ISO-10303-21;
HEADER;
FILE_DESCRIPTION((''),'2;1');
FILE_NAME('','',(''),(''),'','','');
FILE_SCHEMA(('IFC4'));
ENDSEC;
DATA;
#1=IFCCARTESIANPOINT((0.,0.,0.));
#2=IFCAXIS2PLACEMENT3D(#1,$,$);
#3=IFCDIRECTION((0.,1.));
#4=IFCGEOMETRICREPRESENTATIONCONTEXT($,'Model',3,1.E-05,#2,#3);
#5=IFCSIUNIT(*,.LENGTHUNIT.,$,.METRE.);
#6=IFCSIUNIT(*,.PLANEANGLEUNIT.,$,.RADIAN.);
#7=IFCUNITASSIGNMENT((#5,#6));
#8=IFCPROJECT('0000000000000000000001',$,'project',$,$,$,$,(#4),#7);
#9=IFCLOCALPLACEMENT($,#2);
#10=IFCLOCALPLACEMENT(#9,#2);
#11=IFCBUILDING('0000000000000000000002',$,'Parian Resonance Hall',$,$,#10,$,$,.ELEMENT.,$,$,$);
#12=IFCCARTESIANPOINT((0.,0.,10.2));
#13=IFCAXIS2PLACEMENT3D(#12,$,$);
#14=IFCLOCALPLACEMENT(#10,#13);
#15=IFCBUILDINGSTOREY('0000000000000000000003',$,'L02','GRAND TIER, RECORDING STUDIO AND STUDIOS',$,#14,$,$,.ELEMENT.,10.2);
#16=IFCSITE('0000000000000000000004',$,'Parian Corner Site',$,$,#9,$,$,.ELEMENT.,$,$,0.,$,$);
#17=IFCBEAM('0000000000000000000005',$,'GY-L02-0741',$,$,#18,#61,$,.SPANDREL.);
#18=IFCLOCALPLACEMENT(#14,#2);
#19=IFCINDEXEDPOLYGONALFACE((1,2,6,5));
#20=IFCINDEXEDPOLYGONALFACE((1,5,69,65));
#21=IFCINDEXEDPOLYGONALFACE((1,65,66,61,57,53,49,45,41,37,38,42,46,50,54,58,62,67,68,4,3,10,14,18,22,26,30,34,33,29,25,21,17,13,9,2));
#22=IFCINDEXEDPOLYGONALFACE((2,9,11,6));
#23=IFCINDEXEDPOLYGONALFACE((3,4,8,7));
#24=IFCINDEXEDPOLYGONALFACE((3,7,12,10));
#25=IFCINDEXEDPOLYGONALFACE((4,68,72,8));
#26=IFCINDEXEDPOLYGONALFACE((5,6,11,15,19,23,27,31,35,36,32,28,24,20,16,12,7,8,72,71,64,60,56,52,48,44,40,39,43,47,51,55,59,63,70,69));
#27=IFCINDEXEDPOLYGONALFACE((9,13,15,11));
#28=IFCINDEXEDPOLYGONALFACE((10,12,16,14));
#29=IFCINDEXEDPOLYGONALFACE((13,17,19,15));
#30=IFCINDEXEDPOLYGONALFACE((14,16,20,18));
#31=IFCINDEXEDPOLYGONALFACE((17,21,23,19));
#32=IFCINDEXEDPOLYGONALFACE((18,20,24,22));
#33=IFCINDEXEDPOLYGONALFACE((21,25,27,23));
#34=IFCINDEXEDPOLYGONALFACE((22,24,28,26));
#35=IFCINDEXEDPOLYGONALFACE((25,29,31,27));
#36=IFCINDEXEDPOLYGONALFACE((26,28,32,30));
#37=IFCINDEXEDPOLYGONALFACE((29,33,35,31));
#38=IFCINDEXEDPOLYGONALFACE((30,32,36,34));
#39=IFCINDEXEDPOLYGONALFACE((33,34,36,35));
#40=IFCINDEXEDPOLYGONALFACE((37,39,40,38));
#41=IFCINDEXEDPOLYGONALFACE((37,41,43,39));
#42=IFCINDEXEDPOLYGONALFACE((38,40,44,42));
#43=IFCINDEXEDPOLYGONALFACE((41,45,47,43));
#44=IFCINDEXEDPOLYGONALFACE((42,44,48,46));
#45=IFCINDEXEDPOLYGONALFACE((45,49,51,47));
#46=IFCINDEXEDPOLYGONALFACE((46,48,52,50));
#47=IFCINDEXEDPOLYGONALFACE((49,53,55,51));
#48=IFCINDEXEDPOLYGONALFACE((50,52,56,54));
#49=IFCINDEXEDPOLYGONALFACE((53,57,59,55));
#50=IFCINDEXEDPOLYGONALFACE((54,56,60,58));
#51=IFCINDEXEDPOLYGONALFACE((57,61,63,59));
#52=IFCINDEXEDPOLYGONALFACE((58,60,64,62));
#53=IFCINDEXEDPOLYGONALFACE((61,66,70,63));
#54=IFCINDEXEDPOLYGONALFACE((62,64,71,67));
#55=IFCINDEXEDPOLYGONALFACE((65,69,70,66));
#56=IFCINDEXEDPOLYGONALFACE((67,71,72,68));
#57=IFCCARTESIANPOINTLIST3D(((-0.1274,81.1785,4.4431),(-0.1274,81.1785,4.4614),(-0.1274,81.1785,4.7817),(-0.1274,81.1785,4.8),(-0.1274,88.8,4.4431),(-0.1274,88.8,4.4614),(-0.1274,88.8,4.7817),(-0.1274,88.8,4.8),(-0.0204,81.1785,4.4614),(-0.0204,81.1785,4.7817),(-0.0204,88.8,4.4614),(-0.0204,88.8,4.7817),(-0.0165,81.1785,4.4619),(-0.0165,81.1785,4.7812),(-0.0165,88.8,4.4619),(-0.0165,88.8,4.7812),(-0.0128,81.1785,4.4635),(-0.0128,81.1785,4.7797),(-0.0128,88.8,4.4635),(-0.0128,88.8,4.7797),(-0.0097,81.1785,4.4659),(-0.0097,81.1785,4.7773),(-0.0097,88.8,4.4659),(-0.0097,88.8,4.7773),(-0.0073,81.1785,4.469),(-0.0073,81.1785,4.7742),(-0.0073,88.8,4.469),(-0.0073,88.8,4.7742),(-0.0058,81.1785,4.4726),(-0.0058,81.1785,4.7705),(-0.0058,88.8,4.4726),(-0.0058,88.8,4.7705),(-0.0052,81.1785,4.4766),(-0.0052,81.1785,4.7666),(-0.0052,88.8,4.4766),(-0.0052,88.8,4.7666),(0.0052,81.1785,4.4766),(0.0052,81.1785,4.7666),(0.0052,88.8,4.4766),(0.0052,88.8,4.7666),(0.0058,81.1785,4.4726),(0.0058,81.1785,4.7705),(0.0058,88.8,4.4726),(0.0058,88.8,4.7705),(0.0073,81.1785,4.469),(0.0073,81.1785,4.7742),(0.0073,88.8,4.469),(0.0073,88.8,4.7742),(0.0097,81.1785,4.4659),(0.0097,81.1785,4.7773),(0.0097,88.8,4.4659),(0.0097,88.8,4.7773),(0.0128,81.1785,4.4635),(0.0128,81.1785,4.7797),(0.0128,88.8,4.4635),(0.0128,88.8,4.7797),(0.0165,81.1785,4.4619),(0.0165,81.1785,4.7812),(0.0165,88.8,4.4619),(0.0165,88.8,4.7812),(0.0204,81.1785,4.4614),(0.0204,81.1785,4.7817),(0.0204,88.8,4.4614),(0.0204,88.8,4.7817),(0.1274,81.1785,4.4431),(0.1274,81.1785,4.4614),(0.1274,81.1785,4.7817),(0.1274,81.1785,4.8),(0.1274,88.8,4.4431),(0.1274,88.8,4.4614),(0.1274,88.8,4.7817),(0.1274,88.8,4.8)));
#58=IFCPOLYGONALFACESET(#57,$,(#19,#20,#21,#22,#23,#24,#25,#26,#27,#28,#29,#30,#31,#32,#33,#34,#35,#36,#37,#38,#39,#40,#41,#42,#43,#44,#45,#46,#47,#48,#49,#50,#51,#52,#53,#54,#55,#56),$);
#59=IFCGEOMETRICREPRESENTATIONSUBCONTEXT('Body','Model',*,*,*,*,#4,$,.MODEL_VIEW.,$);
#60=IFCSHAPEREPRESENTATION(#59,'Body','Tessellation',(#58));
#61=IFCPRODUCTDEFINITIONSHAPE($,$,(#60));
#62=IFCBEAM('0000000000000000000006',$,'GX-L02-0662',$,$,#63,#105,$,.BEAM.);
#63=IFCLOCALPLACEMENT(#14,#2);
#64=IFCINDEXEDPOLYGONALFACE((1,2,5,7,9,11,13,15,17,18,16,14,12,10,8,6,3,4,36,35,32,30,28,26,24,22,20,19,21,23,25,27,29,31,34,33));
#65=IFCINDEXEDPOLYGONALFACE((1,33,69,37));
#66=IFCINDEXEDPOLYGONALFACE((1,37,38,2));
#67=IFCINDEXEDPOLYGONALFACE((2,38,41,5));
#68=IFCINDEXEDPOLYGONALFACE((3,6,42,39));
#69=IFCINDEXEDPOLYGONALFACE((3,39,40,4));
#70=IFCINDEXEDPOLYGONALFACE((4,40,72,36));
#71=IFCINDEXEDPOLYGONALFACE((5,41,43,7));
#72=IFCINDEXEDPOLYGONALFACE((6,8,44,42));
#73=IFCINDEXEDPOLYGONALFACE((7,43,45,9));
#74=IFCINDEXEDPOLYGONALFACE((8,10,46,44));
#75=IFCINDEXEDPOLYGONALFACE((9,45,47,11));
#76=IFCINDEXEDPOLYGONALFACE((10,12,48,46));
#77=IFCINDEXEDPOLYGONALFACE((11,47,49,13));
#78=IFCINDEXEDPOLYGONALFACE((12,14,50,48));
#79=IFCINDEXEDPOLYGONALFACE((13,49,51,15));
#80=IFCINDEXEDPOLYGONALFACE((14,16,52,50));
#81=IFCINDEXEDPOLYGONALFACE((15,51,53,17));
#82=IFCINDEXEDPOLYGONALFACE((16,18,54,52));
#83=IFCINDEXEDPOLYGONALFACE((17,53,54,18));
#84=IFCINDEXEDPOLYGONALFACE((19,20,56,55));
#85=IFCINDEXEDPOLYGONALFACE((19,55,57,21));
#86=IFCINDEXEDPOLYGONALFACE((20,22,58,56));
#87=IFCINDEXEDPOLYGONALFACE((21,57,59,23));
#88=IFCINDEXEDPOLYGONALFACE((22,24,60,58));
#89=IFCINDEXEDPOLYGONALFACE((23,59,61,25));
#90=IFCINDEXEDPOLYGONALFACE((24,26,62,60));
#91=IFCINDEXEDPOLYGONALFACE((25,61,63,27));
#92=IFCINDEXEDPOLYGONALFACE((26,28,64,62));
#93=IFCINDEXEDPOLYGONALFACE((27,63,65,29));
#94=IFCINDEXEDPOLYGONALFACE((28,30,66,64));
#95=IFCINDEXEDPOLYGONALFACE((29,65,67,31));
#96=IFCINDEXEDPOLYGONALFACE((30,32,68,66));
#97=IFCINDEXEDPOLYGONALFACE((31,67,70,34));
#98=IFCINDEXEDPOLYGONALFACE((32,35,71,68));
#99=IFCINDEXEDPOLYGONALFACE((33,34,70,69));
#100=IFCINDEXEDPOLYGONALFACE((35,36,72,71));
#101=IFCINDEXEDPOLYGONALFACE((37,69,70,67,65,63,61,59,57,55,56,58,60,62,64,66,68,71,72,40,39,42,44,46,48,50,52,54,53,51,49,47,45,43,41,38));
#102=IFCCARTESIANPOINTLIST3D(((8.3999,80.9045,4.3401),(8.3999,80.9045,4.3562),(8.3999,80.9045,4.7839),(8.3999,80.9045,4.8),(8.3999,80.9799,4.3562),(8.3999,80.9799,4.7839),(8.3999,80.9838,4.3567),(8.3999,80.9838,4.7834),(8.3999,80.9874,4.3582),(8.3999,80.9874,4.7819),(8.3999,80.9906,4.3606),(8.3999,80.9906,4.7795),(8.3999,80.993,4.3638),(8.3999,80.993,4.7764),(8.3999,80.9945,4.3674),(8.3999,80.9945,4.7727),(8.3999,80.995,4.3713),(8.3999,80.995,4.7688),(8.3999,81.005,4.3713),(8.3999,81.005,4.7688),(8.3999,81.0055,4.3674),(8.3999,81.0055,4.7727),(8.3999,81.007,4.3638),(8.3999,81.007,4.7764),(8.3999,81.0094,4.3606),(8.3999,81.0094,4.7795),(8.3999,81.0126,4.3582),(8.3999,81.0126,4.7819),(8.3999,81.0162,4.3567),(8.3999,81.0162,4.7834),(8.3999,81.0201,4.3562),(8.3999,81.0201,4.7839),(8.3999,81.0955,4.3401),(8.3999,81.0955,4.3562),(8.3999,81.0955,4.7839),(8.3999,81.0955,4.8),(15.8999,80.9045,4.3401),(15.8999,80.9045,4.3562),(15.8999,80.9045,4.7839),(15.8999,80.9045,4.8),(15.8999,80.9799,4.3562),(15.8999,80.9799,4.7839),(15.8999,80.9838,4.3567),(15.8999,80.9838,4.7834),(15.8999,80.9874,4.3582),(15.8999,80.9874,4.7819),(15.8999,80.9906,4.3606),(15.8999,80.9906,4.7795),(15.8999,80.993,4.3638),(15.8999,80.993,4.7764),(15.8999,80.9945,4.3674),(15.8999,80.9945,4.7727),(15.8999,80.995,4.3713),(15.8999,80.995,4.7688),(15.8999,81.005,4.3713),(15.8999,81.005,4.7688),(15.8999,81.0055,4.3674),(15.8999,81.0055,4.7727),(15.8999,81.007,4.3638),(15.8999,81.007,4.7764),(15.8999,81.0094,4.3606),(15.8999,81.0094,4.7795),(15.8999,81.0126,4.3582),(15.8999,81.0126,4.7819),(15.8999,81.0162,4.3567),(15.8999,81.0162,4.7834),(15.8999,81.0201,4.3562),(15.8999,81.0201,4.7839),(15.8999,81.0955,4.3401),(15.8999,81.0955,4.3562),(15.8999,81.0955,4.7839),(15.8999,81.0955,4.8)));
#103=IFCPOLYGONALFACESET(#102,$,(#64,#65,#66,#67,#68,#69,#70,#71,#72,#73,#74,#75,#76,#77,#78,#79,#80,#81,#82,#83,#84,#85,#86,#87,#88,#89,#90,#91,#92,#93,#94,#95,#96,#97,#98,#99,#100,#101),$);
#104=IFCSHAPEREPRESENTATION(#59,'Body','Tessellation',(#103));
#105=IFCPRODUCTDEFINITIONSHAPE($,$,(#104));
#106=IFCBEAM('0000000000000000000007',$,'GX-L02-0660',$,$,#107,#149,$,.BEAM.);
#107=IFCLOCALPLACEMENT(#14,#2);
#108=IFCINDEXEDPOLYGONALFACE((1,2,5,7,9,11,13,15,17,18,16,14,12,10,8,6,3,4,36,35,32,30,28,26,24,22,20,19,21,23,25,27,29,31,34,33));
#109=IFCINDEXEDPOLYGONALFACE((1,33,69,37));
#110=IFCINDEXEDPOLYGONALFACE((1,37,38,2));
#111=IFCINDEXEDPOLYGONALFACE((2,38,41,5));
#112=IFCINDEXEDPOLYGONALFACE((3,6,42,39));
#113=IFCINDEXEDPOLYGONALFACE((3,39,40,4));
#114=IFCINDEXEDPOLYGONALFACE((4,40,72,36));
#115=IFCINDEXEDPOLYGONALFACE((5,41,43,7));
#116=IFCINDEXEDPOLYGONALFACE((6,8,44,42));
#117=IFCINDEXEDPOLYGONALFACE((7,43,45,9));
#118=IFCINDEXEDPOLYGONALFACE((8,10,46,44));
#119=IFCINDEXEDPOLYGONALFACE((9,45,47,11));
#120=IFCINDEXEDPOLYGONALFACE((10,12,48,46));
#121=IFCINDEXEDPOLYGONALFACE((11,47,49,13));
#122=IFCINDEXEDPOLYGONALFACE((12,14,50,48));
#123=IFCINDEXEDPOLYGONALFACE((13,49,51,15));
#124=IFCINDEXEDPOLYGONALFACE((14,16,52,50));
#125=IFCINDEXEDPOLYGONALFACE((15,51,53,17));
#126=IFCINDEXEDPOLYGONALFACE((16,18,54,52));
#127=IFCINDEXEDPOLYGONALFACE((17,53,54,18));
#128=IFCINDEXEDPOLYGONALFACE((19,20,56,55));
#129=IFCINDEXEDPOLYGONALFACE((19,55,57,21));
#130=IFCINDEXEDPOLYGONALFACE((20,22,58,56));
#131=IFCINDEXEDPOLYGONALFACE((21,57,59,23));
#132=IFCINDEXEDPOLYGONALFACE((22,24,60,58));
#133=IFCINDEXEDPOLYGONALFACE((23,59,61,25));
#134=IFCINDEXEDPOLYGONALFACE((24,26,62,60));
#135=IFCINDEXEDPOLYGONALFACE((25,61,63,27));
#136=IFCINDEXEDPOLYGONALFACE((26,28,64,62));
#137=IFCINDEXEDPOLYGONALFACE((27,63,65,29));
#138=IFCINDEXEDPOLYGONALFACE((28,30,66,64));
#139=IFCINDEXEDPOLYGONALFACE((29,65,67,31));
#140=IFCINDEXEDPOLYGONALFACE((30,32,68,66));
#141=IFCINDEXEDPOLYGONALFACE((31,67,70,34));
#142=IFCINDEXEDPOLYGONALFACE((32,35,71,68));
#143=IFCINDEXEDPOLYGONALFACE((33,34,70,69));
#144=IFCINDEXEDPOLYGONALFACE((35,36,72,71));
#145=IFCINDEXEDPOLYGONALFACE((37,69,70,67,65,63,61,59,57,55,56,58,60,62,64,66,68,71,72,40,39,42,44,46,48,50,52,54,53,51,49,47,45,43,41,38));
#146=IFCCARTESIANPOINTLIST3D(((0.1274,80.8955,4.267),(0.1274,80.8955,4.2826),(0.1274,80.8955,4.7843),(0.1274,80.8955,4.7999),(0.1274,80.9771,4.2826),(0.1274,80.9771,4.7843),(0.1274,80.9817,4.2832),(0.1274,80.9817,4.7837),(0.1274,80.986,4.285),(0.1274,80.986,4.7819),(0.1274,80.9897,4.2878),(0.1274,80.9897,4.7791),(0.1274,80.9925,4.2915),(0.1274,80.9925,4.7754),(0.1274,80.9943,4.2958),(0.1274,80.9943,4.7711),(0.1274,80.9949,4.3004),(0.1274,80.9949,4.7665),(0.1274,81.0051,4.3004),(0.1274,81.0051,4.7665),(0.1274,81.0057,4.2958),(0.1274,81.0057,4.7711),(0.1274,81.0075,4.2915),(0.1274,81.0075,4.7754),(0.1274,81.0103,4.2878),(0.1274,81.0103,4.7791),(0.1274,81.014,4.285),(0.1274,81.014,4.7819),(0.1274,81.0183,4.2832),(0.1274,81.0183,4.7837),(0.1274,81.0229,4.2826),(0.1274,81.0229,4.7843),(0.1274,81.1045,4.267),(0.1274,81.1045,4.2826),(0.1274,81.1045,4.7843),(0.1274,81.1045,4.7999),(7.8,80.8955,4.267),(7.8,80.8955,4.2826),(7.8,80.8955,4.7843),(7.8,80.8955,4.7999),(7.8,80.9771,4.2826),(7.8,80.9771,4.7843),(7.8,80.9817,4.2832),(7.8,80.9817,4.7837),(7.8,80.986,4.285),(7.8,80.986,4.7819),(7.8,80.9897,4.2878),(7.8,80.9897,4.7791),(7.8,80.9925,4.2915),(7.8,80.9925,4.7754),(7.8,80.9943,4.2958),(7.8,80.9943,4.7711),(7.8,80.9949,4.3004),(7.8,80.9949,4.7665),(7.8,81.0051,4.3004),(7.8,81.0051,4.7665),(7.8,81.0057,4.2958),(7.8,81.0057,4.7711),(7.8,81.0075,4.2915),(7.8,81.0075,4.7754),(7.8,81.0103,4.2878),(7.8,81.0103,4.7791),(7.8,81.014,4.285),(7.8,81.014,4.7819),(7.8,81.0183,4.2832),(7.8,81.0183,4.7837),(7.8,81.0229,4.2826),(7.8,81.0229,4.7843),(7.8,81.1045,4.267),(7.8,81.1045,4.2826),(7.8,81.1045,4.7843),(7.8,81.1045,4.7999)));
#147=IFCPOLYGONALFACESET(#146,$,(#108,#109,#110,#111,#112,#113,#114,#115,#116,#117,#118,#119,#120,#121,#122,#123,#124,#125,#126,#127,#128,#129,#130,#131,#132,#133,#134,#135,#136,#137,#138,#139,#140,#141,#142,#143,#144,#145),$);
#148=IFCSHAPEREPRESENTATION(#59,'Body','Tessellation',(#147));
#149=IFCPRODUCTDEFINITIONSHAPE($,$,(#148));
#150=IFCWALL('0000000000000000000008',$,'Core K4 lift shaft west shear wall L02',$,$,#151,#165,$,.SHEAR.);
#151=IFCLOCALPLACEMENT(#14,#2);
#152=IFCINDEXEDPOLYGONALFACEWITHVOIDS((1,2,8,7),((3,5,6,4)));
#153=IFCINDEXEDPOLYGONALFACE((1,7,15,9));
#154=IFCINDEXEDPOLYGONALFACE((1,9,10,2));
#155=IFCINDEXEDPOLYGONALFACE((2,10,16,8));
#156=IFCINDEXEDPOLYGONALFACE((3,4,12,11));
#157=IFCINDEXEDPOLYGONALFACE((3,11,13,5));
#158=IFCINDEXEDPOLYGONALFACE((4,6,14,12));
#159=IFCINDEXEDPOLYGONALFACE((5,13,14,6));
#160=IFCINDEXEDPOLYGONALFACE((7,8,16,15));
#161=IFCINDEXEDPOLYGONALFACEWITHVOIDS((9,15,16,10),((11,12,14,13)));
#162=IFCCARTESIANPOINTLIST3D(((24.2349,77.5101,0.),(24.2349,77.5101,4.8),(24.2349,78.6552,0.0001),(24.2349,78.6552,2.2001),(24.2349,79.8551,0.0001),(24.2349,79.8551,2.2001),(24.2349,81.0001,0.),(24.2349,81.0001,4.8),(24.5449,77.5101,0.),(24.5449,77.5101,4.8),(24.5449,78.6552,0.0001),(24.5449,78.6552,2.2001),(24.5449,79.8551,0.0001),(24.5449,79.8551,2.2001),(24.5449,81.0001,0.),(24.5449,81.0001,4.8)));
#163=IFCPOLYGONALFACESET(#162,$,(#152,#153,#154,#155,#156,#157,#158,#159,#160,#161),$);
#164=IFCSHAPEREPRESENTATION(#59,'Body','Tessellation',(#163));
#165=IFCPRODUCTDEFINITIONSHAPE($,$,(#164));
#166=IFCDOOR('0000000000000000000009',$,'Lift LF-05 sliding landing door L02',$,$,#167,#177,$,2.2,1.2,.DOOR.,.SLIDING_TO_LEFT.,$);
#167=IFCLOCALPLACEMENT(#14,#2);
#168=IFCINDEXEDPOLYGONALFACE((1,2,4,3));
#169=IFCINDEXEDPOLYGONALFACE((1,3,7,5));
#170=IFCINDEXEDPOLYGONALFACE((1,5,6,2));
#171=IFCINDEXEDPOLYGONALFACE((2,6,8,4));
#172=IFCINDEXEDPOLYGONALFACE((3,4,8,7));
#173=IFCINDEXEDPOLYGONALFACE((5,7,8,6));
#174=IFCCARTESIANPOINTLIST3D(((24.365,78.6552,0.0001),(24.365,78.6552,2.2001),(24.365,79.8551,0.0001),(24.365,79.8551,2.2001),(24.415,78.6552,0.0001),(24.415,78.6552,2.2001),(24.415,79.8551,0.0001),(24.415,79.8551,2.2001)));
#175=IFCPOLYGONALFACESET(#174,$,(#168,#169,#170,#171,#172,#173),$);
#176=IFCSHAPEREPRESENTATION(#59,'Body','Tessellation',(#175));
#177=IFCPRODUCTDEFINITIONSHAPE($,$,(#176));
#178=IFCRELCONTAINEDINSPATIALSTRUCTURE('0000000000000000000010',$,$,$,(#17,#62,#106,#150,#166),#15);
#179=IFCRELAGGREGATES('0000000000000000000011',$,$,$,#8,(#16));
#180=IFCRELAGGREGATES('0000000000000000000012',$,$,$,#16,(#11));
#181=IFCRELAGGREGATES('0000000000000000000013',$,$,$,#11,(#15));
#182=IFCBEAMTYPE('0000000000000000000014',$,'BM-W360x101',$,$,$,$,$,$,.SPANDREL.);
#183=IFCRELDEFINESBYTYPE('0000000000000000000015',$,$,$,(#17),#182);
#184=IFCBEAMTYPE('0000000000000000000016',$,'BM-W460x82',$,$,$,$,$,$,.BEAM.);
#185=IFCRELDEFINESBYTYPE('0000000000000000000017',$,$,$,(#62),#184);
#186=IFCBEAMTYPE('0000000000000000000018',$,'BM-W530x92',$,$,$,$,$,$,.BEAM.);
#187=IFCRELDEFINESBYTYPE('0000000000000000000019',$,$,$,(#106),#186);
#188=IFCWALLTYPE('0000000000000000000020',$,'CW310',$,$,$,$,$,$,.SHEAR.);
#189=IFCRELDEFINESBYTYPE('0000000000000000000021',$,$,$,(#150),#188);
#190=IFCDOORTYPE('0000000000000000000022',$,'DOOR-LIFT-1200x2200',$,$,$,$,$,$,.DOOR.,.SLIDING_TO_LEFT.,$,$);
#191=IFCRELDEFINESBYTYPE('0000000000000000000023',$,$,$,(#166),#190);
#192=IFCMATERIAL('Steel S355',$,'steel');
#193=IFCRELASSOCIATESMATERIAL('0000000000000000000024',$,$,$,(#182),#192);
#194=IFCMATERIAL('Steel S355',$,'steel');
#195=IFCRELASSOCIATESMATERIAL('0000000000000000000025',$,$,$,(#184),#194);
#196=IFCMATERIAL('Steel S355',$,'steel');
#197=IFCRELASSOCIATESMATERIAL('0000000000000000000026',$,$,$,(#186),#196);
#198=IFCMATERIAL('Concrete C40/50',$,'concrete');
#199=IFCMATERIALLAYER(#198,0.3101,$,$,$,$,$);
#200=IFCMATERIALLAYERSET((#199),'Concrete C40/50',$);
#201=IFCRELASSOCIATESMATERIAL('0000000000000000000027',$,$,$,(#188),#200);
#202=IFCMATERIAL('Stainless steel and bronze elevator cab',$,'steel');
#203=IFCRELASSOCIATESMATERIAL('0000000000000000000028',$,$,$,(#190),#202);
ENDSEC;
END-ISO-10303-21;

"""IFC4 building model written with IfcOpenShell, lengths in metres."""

from ifc_helpers import new_model, si_unit, direction, frame, frame_2d, origin, origin_2d, place, context, subcontext, project, spatial, rectangle, i_section, extrude, material, layer, layer_set, material_profile, profile_set, type_object, element, fill, save


model = new_model("IFC4")

# Units and contexts
model_context = context("Model", 3, precision=1e-05, world=origin(), true_north=direction((0.0, 1.0)))
body_context = subcontext(model_context, "Body", "Model", "MODEL_VIEW")
ifc_project = project(units=[si_unit("LENGTHUNIT", "METRE"), si_unit("PLANEANGLEUNIT", "RADIAN")], contexts=[model_context])

# Site, building, storey
site_placement = place(None, origin())
site = spatial("IfcSite", under=ifc_project, at=site_placement, Name="Parian Corner Site", CompositionType="ELEMENT", RefElevation=0.0)
building_placement = place(site_placement, origin())
building = spatial("IfcBuilding", under=site, at=building_placement, Name="Parian Resonance Hall", CompositionType="ELEMENT")
storey_placement = place(building_placement, frame((0.0, 0.0, 10.2)))
storey = spatial("IfcBuildingStorey", under=building, at=storey_placement, Name="L02", Description="GRAND TIER, RECORDING STUDIO AND STUDIOS", CompositionType="ELEMENT", Elevation=10.2)

# Beams
ifc_material_1 = material(Name="Steel S355", Category="steel")
ifc_material_profile_1 = material_profile(ifc_material_1, i_section(OverallWidth=0.2549, OverallDepth=0.3569, WebThickness=0.0105, FlangeThickness=0.0183, FilletRadius=0.0151, at=origin_2d()), Name="W360x101")
ifc_profile_set_1 = profile_set([ifc_material_profile_1], Name="Steel S355")
beam_type_1 = type_object("IfcBeamType", Name="BM-W360x101", PredefinedType="SPANDREL", material=ifc_profile_set_1)
beam_1_placement = place(storey_placement, frame((0.0, 81.1785, 4.6216), z_axis=(0.0, 1.0, 0.0), x_axis=(-1.0, 0.0, 0.0)))
element("IfcBeam", 1, at=beam_1_placement, inside=storey, type_object=beam_type_1, Name="GY-L02-0741", PredefinedType="SPANDREL", context=body_context, shape_type="SweptSolid", body=[
    extrude(i_section(OverallWidth=0.2549, OverallDepth=0.3569, WebThickness=0.0105, FlangeThickness=0.0183, FilletRadius=0.0151, at=origin_2d()), origin(), (0.0, 0.0, 1.0), 7.6216),
])
ifc_material_2 = material(Name="Steel S355", Category="steel")
ifc_material_profile_2 = material_profile(ifc_material_2, i_section(OverallWidth=0.1909, OverallDepth=0.46, WebThickness=0.01, FlangeThickness=0.0161, FilletRadius=0.0151, at=origin_2d()), Name="W460x82")
ifc_profile_set_2 = profile_set([ifc_material_profile_2], Name="Steel S355")
beam_type_2 = type_object("IfcBeamType", Name="BM-W460x82", PredefinedType="BEAM", material=ifc_profile_set_2)
beam_2_placement = place(storey_placement, frame((8.3999, 81.0, 4.5701), z_axis=(1.0, 0.0, 0.0), x_axis=(0.0, 1.0, 0.0)))
element("IfcBeam", 2, at=beam_2_placement, inside=storey, type_object=beam_type_2, Name="GX-L02-0662", PredefinedType="BEAM", context=body_context, shape_type="SweptSolid", body=[
    extrude(i_section(OverallWidth=0.1909, OverallDepth=0.46, WebThickness=0.01, FlangeThickness=0.0161, FilletRadius=0.0151, at=origin_2d()), origin(), (0.0, 0.0, 1.0), 7.5),
])
ifc_material_3 = material(Name="Steel S355", Category="steel")
ifc_material_profile_3 = material_profile(ifc_material_3, i_section(OverallWidth=0.209, OverallDepth=0.533, WebThickness=0.0103, FlangeThickness=0.0156, FilletRadius=0.0178, at=origin_2d()), Name="W530x92")
ifc_profile_set_3 = profile_set([ifc_material_profile_3], Name="Steel S355")
beam_type_3 = type_object("IfcBeamType", Name="BM-W530x92", PredefinedType="BEAM", material=ifc_profile_set_3)
beam_3_placement = place(storey_placement, frame((0.1274, 81.0, 4.5334), z_axis=(1.0, 0.0, 0.0), x_axis=(0.0, 1.0, 0.0)))
element("IfcBeam", 3, at=beam_3_placement, inside=storey, type_object=beam_type_3, Name="GX-L02-0660", PredefinedType="BEAM", context=body_context, shape_type="SweptSolid", body=[
    extrude(i_section(OverallWidth=0.209, OverallDepth=0.533, WebThickness=0.0103, FlangeThickness=0.0156, FilletRadius=0.0178, at=origin_2d()), origin(), (0.0, 0.0, 1.0), 7.6726),
])

# Wall, opening, door
ifc_material_4 = material(Name="Concrete C40/50", Category="concrete")
ifc_layer_1 = layer(ifc_material_4, 0.3101)
ifc_layer_set_1 = layer_set([ifc_layer_1], Name="Concrete C40/50")
wall_type_1 = type_object("IfcWallType", Name="CW310", PredefinedType="SHEAR", material=ifc_layer_set_1)
wall_1_placement = place(storey_placement, frame((24.3899, 77.51, 0.0), z_axis=(0.0, 0.0, 1.0), x_axis=(0.0, 1.0, 0.0)))
wall_1 = element("IfcWall", 4, at=wall_1_placement, inside=storey, type_object=wall_type_1, Name="Core K4 lift shaft west shear wall L02", PredefinedType="SHEAR", context=body_context, shape_type="SweptSolid", body=[
    extrude(rectangle(XDim=3.49, YDim=0.3101, at=frame_2d((1.7451, 0.0))), origin(), (0.0, 0.0, 1.0), 4.8),
])
opening_1_placement = place(wall_1_placement, frame((1.145, 0.0, 0.0)))
opening_1 = element("IfcOpeningElement", 5, at=opening_1_placement, cuts=wall_1, PredefinedType="OPENING", context=body_context, shape_type="SweptSolid", body=[
    extrude(rectangle(XDim=1.2, YDim=2.2, at=frame_2d((0.6001, 1.1001))), frame((0.0, 0.165, 0.0), z_axis=(0.0, -1.0, 0.0), x_axis=(1.0, 0.0, 0.0)), (0.0, 0.0, 1.0), 0.3301),
])
ifc_material_5 = material(Name="Stainless steel and bronze elevator cab", Category="steel")
door_type = type_object("IfcDoorType", Name="DOOR-LIFT-1200x2200", OperationType="SLIDING_TO_LEFT", PredefinedType="DOOR", material=ifc_material_5)
door_placement = place(opening_1_placement, origin())
door = element("IfcDoor", 6, at=door_placement, inside=storey, type_object=door_type, Name="Lift LF-05 sliding landing door L02", OperationType="SLIDING_TO_LEFT", OverallHeight=2.2, OverallWidth=1.2, PredefinedType="DOOR", context=body_context, shape_type="SweptSolid", body=[
    extrude(rectangle(XDim=1.2, YDim=2.2, at=frame_2d((0.6001, 1.1001))), frame((0.0, 0.0249, 0.0), z_axis=(0.0, -1.0, 0.0), x_axis=(1.0, 0.0, 0.0)), (0.0, 0.0, 1.0), 0.05),
])
fill(opening_1, door)

save(model, "model.ifc")
